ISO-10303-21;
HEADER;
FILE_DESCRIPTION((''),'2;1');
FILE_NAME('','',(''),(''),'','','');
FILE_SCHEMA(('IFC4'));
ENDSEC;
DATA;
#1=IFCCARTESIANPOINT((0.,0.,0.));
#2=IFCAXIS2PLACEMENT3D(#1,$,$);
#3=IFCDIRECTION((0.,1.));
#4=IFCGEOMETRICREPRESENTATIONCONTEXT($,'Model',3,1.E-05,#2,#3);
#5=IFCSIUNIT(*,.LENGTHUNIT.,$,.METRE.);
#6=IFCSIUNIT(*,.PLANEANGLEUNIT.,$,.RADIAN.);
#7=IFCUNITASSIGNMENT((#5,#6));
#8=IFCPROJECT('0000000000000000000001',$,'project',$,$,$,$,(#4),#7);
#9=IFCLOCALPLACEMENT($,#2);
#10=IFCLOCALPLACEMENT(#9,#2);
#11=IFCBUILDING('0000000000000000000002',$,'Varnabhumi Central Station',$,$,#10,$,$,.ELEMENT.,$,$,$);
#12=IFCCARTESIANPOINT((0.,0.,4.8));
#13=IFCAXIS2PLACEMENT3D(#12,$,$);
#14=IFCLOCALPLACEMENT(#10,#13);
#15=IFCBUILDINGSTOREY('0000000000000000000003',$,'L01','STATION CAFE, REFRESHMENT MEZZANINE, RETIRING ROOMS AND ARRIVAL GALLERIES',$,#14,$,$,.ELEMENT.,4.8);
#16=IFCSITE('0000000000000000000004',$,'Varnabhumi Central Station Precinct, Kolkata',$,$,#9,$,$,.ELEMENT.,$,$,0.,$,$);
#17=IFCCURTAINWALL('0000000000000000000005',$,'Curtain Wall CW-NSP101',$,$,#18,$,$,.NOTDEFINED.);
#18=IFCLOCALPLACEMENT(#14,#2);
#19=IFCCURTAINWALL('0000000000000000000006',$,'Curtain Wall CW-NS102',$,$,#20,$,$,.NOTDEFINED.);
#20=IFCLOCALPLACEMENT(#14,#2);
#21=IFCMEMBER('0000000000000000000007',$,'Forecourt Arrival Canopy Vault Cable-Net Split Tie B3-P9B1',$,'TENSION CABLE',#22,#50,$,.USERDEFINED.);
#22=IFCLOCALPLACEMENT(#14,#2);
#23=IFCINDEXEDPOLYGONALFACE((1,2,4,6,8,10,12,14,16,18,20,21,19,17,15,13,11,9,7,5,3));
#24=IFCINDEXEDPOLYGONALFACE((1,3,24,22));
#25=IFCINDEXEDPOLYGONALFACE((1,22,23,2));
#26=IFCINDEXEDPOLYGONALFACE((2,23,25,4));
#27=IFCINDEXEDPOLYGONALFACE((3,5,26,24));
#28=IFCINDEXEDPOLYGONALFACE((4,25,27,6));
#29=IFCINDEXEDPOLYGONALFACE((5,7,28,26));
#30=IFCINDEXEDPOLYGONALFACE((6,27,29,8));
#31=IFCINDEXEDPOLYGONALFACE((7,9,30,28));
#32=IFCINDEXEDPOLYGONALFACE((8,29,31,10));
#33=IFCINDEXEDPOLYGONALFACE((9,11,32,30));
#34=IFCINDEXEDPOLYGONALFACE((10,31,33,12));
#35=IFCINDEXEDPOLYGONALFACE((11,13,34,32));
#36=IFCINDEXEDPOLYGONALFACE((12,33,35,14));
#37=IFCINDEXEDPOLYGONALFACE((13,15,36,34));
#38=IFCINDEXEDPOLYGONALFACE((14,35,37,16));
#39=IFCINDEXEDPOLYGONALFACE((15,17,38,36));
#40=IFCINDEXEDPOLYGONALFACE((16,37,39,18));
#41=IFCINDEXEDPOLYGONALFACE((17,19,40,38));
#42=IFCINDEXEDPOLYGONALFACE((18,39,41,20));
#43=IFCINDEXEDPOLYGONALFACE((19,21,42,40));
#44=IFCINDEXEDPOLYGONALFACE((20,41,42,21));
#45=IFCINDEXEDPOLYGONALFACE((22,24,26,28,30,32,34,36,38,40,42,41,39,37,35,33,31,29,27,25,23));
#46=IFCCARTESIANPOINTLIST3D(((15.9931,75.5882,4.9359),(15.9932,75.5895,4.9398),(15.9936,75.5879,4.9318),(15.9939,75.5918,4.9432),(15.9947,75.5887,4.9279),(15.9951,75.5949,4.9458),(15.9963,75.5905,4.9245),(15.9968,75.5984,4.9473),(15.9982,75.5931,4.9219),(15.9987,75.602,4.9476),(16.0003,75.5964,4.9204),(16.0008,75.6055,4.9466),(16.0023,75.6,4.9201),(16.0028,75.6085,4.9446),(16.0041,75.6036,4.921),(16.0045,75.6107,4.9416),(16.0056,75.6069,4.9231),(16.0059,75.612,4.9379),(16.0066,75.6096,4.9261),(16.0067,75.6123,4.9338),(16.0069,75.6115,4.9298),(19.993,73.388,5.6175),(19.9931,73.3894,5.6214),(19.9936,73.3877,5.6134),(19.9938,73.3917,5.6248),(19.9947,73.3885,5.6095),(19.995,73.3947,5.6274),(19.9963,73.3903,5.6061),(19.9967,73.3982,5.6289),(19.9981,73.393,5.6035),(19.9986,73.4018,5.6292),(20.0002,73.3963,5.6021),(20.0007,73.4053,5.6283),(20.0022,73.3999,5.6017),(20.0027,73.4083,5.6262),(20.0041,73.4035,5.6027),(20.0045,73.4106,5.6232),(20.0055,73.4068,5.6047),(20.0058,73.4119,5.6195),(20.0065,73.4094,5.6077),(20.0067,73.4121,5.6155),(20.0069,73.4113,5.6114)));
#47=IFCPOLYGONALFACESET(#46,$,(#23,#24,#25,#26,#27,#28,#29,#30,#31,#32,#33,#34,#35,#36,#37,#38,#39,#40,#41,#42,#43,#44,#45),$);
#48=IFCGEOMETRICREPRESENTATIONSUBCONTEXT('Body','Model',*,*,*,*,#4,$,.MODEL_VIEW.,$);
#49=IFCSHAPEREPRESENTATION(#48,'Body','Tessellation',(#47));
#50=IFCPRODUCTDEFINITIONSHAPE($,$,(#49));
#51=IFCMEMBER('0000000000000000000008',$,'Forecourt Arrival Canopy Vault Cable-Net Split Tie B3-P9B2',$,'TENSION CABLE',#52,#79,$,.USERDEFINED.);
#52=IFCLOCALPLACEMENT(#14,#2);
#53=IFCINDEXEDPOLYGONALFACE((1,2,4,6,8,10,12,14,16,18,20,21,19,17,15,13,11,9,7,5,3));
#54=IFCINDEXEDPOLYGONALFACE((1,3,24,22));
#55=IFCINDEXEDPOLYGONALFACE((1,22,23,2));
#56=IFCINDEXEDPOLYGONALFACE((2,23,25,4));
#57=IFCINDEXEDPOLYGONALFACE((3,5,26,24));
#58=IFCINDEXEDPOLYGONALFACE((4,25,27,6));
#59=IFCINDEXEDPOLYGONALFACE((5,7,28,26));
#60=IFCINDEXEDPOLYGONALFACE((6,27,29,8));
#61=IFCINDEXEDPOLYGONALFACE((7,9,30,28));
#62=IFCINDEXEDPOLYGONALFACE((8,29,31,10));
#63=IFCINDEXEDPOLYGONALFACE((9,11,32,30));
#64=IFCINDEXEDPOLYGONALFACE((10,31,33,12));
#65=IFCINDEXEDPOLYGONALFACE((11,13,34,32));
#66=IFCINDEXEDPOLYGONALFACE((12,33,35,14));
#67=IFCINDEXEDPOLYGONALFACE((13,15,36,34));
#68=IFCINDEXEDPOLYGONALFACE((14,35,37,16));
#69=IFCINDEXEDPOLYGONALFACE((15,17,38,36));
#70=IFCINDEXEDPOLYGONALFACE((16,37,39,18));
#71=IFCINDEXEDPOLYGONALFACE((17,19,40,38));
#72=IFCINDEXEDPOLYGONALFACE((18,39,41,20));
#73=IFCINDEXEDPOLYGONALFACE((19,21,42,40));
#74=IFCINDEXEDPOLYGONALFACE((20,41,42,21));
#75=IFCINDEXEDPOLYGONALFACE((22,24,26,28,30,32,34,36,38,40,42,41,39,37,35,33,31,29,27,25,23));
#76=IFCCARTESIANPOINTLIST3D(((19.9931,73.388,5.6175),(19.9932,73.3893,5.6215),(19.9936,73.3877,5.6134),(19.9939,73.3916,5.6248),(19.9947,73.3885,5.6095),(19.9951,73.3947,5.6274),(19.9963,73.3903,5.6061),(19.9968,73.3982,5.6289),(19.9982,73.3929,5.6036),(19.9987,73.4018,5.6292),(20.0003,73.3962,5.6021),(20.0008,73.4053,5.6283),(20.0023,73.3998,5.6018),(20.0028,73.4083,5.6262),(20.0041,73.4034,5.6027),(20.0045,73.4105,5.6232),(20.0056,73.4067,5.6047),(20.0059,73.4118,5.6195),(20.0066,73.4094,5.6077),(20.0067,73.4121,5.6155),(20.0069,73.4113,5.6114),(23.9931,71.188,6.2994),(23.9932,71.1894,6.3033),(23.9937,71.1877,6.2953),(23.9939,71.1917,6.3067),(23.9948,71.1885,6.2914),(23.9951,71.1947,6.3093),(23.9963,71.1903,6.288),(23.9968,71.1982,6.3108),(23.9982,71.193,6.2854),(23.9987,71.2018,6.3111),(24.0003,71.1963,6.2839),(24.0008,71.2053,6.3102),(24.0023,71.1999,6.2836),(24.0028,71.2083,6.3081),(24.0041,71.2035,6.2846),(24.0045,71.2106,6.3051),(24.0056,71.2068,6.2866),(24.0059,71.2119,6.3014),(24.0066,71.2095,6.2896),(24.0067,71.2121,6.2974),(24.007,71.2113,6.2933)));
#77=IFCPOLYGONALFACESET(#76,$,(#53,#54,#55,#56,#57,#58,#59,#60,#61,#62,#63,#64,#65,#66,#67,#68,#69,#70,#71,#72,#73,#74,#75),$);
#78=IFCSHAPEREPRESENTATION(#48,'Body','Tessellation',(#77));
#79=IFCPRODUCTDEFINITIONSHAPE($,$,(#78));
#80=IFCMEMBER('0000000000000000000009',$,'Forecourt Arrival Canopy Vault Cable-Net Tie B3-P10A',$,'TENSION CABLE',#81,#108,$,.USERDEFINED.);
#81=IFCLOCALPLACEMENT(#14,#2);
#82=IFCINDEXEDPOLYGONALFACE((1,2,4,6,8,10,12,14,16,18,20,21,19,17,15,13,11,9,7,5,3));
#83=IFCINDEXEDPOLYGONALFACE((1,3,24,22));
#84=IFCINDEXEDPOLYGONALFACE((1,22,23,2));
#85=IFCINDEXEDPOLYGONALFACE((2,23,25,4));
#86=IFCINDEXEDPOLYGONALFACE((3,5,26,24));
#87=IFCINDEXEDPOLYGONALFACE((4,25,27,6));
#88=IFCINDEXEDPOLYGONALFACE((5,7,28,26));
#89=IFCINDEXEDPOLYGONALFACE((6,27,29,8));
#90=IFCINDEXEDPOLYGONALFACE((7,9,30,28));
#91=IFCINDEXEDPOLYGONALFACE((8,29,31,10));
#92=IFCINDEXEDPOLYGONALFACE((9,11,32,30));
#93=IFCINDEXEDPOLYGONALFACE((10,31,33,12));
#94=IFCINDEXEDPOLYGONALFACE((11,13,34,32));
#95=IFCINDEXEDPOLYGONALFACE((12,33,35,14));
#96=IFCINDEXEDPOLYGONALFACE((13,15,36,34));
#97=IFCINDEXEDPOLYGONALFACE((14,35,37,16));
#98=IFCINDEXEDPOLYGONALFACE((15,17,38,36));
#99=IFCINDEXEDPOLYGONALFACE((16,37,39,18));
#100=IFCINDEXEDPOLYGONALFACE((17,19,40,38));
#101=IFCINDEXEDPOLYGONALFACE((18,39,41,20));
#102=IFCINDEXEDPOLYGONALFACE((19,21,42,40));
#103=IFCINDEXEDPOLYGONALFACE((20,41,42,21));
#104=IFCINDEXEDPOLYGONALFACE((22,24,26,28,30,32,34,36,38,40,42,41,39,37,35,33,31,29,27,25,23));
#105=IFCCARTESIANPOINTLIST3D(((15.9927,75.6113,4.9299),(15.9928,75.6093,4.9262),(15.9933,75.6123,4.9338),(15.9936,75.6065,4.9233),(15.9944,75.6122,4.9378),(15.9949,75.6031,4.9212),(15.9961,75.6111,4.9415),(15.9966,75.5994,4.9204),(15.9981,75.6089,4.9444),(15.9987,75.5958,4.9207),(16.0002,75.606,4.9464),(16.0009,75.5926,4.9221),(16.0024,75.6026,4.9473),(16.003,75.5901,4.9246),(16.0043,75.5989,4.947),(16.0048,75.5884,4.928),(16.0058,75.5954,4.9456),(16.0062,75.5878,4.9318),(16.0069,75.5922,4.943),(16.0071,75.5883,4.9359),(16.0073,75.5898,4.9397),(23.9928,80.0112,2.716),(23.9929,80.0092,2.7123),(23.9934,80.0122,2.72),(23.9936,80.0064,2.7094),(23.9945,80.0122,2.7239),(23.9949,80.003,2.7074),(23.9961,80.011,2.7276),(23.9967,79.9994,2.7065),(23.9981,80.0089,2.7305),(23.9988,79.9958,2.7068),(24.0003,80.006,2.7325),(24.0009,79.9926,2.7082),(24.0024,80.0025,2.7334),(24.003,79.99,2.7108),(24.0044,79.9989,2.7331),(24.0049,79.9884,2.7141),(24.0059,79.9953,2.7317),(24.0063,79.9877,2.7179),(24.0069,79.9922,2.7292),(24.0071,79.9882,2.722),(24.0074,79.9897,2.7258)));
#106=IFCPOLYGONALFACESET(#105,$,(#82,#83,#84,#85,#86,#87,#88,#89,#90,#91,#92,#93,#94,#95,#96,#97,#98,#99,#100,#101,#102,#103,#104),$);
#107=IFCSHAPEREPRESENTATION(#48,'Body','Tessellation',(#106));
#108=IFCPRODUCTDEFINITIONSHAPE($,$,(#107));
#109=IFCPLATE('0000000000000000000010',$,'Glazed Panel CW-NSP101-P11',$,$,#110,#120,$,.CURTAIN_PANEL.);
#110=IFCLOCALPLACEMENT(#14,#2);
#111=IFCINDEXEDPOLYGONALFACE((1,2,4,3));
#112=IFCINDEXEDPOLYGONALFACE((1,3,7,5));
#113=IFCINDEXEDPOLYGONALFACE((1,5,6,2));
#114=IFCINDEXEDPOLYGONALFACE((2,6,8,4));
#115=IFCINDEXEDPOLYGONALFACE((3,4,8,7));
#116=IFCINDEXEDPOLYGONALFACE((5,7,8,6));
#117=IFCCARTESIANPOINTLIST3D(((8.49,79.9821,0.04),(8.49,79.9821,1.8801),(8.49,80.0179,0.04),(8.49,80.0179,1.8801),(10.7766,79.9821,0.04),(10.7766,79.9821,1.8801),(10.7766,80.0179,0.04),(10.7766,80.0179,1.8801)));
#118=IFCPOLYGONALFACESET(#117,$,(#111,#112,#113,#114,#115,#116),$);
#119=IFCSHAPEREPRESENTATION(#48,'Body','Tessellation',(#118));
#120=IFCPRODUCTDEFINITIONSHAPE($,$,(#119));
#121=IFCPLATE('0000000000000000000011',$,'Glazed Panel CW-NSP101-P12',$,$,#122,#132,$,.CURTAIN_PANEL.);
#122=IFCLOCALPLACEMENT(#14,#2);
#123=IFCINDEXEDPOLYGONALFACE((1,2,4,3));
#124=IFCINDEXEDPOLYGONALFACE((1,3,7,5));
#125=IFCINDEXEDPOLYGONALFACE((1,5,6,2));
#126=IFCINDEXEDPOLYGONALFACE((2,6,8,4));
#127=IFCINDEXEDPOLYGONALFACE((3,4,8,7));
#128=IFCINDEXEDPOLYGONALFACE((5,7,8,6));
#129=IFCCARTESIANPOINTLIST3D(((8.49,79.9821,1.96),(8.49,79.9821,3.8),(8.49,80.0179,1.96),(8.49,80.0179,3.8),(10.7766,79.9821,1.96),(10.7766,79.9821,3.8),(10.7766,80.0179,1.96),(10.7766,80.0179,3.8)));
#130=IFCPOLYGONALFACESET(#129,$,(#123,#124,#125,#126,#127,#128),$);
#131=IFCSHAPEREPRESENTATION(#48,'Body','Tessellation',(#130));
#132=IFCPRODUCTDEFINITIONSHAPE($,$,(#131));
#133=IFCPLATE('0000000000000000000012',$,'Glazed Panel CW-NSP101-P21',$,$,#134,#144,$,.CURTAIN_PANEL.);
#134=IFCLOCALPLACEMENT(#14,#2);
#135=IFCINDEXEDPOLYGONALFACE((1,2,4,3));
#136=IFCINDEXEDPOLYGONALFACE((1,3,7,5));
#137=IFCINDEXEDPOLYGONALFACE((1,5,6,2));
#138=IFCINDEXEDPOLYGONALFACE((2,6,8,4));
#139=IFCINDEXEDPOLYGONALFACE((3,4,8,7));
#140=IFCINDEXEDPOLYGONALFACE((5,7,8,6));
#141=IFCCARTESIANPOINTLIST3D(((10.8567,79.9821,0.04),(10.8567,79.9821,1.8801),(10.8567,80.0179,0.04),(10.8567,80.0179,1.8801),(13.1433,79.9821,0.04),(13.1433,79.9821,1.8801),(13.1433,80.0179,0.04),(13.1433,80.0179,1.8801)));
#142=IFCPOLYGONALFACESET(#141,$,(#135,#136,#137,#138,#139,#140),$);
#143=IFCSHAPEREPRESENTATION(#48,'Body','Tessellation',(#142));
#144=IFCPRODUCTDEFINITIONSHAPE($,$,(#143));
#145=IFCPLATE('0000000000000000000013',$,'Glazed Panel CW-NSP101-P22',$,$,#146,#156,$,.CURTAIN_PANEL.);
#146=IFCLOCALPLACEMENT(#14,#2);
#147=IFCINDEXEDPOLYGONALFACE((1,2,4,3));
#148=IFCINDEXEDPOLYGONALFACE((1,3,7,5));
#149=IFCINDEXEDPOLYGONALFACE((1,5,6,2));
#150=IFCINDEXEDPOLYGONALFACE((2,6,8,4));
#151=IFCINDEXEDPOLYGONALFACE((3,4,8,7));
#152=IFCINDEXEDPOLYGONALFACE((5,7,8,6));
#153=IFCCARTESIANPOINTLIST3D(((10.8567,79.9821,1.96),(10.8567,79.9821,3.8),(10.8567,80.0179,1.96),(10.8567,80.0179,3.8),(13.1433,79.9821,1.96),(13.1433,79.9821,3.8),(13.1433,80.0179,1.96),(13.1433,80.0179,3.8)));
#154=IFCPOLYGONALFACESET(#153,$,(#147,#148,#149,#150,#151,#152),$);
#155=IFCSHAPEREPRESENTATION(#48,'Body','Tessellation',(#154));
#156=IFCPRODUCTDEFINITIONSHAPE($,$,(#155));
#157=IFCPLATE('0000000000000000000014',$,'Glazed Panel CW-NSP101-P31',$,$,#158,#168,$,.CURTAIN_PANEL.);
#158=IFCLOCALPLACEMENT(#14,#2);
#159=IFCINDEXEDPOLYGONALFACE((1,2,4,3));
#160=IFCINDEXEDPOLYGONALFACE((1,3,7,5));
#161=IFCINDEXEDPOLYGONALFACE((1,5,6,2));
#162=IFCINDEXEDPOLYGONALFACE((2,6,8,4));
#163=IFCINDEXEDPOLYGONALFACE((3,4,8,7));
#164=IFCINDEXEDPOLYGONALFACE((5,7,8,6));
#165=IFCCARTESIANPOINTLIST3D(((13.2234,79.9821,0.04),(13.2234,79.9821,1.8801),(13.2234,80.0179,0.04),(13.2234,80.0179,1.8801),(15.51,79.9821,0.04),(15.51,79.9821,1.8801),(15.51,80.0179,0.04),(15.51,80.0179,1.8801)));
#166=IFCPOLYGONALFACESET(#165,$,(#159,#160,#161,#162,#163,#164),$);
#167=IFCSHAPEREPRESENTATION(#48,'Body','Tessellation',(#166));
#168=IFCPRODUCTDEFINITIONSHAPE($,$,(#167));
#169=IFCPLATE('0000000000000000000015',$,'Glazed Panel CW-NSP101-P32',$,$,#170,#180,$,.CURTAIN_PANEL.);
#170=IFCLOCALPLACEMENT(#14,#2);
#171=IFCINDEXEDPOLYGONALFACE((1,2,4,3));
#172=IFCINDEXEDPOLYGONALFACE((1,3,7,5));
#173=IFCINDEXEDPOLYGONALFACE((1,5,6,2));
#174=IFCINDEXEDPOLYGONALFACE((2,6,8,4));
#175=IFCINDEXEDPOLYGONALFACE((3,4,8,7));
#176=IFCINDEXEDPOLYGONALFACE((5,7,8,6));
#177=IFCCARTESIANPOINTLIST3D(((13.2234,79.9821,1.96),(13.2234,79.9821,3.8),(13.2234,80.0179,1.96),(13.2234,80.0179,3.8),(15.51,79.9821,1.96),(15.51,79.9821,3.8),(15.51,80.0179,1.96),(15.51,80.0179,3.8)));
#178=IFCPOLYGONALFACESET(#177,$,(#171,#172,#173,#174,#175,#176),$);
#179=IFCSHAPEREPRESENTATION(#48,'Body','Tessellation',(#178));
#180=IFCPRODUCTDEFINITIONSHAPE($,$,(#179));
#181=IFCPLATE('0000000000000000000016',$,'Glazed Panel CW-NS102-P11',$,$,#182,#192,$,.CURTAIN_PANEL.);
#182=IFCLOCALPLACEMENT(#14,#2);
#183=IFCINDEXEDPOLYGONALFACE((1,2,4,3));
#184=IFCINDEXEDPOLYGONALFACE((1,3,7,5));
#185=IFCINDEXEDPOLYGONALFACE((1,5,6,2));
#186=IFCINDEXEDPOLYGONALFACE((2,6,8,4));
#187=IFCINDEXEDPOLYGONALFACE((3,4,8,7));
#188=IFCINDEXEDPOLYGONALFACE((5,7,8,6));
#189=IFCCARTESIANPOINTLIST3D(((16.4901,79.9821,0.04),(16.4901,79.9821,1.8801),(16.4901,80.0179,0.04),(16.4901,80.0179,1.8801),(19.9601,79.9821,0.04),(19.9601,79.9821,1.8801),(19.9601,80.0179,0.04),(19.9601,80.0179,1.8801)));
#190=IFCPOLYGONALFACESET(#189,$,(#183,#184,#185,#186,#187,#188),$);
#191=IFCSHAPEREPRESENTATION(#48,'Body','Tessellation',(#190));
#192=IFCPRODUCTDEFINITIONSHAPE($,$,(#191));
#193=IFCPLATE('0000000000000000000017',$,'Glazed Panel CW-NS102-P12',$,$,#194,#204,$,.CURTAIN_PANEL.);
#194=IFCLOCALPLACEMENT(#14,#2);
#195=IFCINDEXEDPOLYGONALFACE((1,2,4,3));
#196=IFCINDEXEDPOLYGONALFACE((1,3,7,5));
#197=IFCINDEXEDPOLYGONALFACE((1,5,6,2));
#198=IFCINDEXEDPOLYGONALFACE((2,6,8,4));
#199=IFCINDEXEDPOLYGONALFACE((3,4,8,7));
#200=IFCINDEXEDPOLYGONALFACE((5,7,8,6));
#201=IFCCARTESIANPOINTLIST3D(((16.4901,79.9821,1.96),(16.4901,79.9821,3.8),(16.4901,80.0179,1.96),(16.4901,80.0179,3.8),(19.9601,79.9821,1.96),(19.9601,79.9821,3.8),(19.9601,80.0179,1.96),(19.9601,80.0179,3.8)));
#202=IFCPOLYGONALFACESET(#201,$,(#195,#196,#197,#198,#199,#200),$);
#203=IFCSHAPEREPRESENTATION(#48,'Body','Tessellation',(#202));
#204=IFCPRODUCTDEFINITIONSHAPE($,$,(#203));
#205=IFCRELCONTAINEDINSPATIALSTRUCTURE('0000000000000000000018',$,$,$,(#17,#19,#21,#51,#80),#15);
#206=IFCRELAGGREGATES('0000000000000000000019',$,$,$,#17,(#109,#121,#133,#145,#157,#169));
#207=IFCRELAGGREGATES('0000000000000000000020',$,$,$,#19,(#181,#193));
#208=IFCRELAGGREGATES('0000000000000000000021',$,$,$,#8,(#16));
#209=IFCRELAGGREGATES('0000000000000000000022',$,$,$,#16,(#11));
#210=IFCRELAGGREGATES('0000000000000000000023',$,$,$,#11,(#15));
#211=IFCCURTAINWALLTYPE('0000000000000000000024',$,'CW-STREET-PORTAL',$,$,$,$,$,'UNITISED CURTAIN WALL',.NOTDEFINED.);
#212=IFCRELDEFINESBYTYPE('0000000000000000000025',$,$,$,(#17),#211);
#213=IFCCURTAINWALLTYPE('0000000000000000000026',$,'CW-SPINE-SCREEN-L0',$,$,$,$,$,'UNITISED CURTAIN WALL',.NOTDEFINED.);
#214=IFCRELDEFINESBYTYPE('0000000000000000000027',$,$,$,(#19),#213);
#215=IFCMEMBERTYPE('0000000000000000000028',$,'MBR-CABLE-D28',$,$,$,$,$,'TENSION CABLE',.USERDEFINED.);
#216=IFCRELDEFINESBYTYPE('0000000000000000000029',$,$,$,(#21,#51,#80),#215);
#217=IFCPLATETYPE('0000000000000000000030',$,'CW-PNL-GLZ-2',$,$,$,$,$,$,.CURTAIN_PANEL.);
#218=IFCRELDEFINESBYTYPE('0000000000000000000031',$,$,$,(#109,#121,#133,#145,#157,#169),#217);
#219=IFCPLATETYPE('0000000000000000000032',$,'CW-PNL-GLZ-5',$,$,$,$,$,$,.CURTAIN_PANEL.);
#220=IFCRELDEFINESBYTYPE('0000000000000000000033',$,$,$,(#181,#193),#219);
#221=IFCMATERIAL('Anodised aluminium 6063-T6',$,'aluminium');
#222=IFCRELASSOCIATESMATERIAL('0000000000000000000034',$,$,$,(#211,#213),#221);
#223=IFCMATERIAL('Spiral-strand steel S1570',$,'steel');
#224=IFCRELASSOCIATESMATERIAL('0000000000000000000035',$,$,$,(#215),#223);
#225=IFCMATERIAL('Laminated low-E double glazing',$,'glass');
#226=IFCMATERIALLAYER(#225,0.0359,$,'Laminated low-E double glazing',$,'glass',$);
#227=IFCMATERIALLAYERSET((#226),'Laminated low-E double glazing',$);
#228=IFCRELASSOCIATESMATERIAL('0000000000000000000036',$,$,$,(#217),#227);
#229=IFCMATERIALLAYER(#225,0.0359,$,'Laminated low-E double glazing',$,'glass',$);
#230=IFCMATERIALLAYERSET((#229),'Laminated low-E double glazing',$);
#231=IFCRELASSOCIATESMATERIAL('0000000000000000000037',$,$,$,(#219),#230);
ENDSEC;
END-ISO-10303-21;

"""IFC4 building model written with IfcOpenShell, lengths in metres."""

from ifc_helpers import new_model, si_unit, direction, frame, origin, origin_2d, place, context, subcontext, project, spatial, rectangle, circle, extrude, material, layer, layer_set, material_profile, profile_set, type_object, element, aggregate, save


model = new_model("IFC4")

# Units and contexts
model_context = context("Model", 3, precision=1e-05, world=origin(), true_north=direction((0.0, 1.0)))
body_context = subcontext(model_context, "Body", "Model", "MODEL_VIEW")
ifc_project = project(units=[si_unit("LENGTHUNIT", "METRE"), si_unit("PLANEANGLEUNIT", "RADIAN")], contexts=[model_context])

# Site, building, storey
site_placement = place(None, origin())
site = spatial("IfcSite", under=ifc_project, at=site_placement, Name="Varnabhumi Central Station Precinct, Kolkata", CompositionType="ELEMENT", RefElevation=0.0)
building_placement = place(site_placement, origin())
building = spatial("IfcBuilding", under=site, at=building_placement, Name="Varnabhumi Central Station", CompositionType="ELEMENT")
storey_placement = place(building_placement, frame((0.0, 0.0, 4.8)))
storey = spatial("IfcBuildingStorey", under=building, at=storey_placement, Name="L01", Description="STATION CAFE, REFRESHMENT MEZZANINE, RETIRING ROOMS AND ARRIVAL GALLERIES", CompositionType="ELEMENT", Elevation=4.8)

# Curtain wall
ifc_material_1 = material(Name="Anodised aluminium 6063-T6", Category="aluminium")
curtain_wall_type_1 = type_object("IfcCurtainWallType", Name="CW-STREET-PORTAL", ElementType="UNITISED CURTAIN WALL", PredefinedType="NOTDEFINED", material=ifc_material_1)
curtain_wall_1_placement = place(storey_placement, origin())
curtain_wall_1 = element("IfcCurtainWall", 1, at=curtain_wall_1_placement, inside=storey, type_object=curtain_wall_type_1, Name="Curtain Wall CW-NSP101", PredefinedType="NOTDEFINED")

# Curtain wall
curtain_wall_type_2 = type_object("IfcCurtainWallType", Name="CW-SPINE-SCREEN-L0", ElementType="UNITISED CURTAIN WALL", PredefinedType="NOTDEFINED", material=ifc_material_1)
curtain_wall_2_placement = place(storey_placement, origin())
curtain_wall_2 = element("IfcCurtainWall", 2, at=curtain_wall_2_placement, inside=storey, type_object=curtain_wall_type_2, Name="Curtain Wall CW-NS102", PredefinedType="NOTDEFINED")

# Members
ifc_material_2 = material(Name="Spiral-strand steel S1570", Category="steel")
ifc_material_profile_1 = material_profile(ifc_material_2, circle(Radius=0.0139, at=origin_2d()), Name="Spiral-strand steel S1570", Category="steel")
ifc_profile_set_1 = profile_set([ifc_material_profile_1], Name="Spiral-strand steel S1570")
member_type_1 = type_object("IfcMemberType", Name="MBR-CABLE-D28", ElementType="TENSION CABLE", PredefinedType="USERDEFINED", material=ifc_profile_set_1)
for number, where, z_axis, x_axis, name in (
    (3, (16.0, 75.6001, 4.9338), (0.866591, -0.476667, 0.147676), (0.481952, 0.876198, 0.0), "Forecourt Arrival Canopy Vault Cable-Net Split Tie B3-P9B1"),
    (4, (20.0, 73.3999, 5.6155), (0.866606, -0.476623, 0.147731), (0.481911, 0.87622, 0.0), "Forecourt Arrival Canopy Vault Cable-Net Split Tie B3-P9B2"),
):
    element("IfcMember", number, at=place(storey_placement, frame(where, z_axis=z_axis, x_axis=x_axis)), inside=storey, type_object=member_type_1, Name=name, ObjectType="TENSION CABLE", PredefinedType="USERDEFINED", context=body_context, shape_type="SweptSolid", body=[
        extrude(circle(Radius=0.0139, at=origin_2d()), origin(), (0.0, 0.0, 1.0), 4.6157),
    ])
member_1_placement = place(storey_placement, frame((16.0, 75.6001, 4.9338), z_axis=(0.851544, 0.468339, -0.235651), x_axis=(-0.481911, 0.87622, 0.0)))
element("IfcMember", 5, at=member_1_placement, inside=storey, type_object=member_type_1, Name="Forecourt Arrival Canopy Vault Cable-Net Tie B3-P10A", ObjectType="TENSION CABLE", PredefinedType="USERDEFINED", context=body_context, shape_type="SweptSolid", body=[
    extrude(circle(Radius=0.0139, at=origin_2d()), origin(), (0.0, 0.0, 1.0), 9.3948),
])

# Plates
ifc_material_3 = material(Name="Laminated low-E double glazing", Category="glass")
ifc_layer_1 = layer(ifc_material_3, 0.0359, Name="Laminated low-E double glazing", Category="glass")
ifc_layer_set_1 = layer_set([ifc_layer_1], Name="Laminated low-E double glazing")
plate_type_1 = type_object("IfcPlateType", Name="CW-PNL-GLZ-2", PredefinedType="CURTAIN_PANEL", material=ifc_layer_set_1)
plate_1_placement = place(storey_placement, frame((9.6333, 80.0, 0.04), z_axis=(0.0, 0.0, 1.0), x_axis=(1.0, 0.0, 0.0)))
plate_1 = element("IfcPlate", 6, at=plate_1_placement, type_object=plate_type_1, Name="Glazed Panel CW-NSP101-P11", PredefinedType="CURTAIN_PANEL", context=body_context, shape_type="SweptSolid", body=[
    extrude(rectangle(XDim=2.2866, YDim=0.0359, at=origin_2d()), origin(), (0.0, 0.0, 1.0), 1.8401),
])
plate_2_placement = place(storey_placement, frame((9.6333, 80.0, 1.96), z_axis=(0.0, 0.0, 1.0), x_axis=(1.0, 0.0, 0.0)))
plate_2 = element("IfcPlate", 7, at=plate_2_placement, type_object=plate_type_1, Name="Glazed Panel CW-NSP101-P12", PredefinedType="CURTAIN_PANEL", context=body_context, shape_type="SweptSolid", body=[
    extrude(rectangle(XDim=2.2866, YDim=0.0359, at=origin_2d()), origin(), (0.0, 0.0, 1.0), 1.8401),
])
plate_3_placement = place(storey_placement, frame((12.0, 80.0, 0.04), z_axis=(0.0, 0.0, 1.0), x_axis=(1.0, 0.0, 0.0)))
plate_3 = element("IfcPlate", 8, at=plate_3_placement, type_object=plate_type_1, Name="Glazed Panel CW-NSP101-P21", PredefinedType="CURTAIN_PANEL", context=body_context, shape_type="SweptSolid", body=[
    extrude(rectangle(XDim=2.2866, YDim=0.0359, at=origin_2d()), origin(), (0.0, 0.0, 1.0), 1.8401),
])
plate_4_placement = place(storey_placement, frame((12.0, 80.0, 1.96), z_axis=(0.0, 0.0, 1.0), x_axis=(1.0, 0.0, 0.0)))
plate_4 = element("IfcPlate", 9, at=plate_4_placement, type_object=plate_type_1, Name="Glazed Panel CW-NSP101-P22", PredefinedType="CURTAIN_PANEL", context=body_context, shape_type="SweptSolid", body=[
    extrude(rectangle(XDim=2.2866, YDim=0.0359, at=origin_2d()), origin(), (0.0, 0.0, 1.0), 1.8401),
])
plate_5_placement = place(storey_placement, frame((14.3667, 80.0, 0.04), z_axis=(0.0, 0.0, 1.0), x_axis=(1.0, 0.0, 0.0)))
plate_5 = element("IfcPlate", 10, at=plate_5_placement, type_object=plate_type_1, Name="Glazed Panel CW-NSP101-P31", PredefinedType="CURTAIN_PANEL", context=body_context, shape_type="SweptSolid", body=[
    extrude(rectangle(XDim=2.2866, YDim=0.0359, at=origin_2d()), origin(), (0.0, 0.0, 1.0), 1.8401),
])
plate_6_placement = place(storey_placement, frame((14.3667, 80.0, 1.96), z_axis=(0.0, 0.0, 1.0), x_axis=(1.0, 0.0, 0.0)))
plate_6 = element("IfcPlate", 11, at=plate_6_placement, type_object=plate_type_1, Name="Glazed Panel CW-NSP101-P32", PredefinedType="CURTAIN_PANEL", context=body_context, shape_type="SweptSolid", body=[
    extrude(rectangle(XDim=2.2866, YDim=0.0359, at=origin_2d()), origin(), (0.0, 0.0, 1.0), 1.8401),
])
aggregate(curtain_wall_1, [plate_1, plate_2, plate_3, plate_4, plate_5, plate_6])
ifc_layer_2 = layer(ifc_material_3, 0.0359, Name="Laminated low-E double glazing", Category="glass")
ifc_layer_set_2 = layer_set([ifc_layer_2], Name="Laminated low-E double glazing")
plate_type_2 = type_object("IfcPlateType", Name="CW-PNL-GLZ-5", PredefinedType="CURTAIN_PANEL", material=ifc_layer_set_2)
plate_7_placement = place(storey_placement, frame((18.2251, 80.0, 0.04), z_axis=(0.0, 0.0, 1.0), x_axis=(1.0, 0.0, 0.0)))
plate_7 = element("IfcPlate", 12, at=plate_7_placement, type_object=plate_type_2, Name="Glazed Panel CW-NS102-P11", PredefinedType="CURTAIN_PANEL", context=body_context, shape_type="SweptSolid", body=[
    extrude(rectangle(XDim=3.47, YDim=0.0359, at=origin_2d()), origin(), (0.0, 0.0, 1.0), 1.8401),
])
plate_8_placement = place(storey_placement, frame((18.2251, 80.0, 1.96), z_axis=(0.0, 0.0, 1.0), x_axis=(1.0, 0.0, 0.0)))
plate_8 = element("IfcPlate", 13, at=plate_8_placement, type_object=plate_type_2, Name="Glazed Panel CW-NS102-P12", PredefinedType="CURTAIN_PANEL", context=body_context, shape_type="SweptSolid", body=[
    extrude(rectangle(XDim=3.47, YDim=0.0359, at=origin_2d()), origin(), (0.0, 0.0, 1.0), 1.8401),
])
aggregate(curtain_wall_2, [plate_7, plate_8])

save(model, "model.ifc")
